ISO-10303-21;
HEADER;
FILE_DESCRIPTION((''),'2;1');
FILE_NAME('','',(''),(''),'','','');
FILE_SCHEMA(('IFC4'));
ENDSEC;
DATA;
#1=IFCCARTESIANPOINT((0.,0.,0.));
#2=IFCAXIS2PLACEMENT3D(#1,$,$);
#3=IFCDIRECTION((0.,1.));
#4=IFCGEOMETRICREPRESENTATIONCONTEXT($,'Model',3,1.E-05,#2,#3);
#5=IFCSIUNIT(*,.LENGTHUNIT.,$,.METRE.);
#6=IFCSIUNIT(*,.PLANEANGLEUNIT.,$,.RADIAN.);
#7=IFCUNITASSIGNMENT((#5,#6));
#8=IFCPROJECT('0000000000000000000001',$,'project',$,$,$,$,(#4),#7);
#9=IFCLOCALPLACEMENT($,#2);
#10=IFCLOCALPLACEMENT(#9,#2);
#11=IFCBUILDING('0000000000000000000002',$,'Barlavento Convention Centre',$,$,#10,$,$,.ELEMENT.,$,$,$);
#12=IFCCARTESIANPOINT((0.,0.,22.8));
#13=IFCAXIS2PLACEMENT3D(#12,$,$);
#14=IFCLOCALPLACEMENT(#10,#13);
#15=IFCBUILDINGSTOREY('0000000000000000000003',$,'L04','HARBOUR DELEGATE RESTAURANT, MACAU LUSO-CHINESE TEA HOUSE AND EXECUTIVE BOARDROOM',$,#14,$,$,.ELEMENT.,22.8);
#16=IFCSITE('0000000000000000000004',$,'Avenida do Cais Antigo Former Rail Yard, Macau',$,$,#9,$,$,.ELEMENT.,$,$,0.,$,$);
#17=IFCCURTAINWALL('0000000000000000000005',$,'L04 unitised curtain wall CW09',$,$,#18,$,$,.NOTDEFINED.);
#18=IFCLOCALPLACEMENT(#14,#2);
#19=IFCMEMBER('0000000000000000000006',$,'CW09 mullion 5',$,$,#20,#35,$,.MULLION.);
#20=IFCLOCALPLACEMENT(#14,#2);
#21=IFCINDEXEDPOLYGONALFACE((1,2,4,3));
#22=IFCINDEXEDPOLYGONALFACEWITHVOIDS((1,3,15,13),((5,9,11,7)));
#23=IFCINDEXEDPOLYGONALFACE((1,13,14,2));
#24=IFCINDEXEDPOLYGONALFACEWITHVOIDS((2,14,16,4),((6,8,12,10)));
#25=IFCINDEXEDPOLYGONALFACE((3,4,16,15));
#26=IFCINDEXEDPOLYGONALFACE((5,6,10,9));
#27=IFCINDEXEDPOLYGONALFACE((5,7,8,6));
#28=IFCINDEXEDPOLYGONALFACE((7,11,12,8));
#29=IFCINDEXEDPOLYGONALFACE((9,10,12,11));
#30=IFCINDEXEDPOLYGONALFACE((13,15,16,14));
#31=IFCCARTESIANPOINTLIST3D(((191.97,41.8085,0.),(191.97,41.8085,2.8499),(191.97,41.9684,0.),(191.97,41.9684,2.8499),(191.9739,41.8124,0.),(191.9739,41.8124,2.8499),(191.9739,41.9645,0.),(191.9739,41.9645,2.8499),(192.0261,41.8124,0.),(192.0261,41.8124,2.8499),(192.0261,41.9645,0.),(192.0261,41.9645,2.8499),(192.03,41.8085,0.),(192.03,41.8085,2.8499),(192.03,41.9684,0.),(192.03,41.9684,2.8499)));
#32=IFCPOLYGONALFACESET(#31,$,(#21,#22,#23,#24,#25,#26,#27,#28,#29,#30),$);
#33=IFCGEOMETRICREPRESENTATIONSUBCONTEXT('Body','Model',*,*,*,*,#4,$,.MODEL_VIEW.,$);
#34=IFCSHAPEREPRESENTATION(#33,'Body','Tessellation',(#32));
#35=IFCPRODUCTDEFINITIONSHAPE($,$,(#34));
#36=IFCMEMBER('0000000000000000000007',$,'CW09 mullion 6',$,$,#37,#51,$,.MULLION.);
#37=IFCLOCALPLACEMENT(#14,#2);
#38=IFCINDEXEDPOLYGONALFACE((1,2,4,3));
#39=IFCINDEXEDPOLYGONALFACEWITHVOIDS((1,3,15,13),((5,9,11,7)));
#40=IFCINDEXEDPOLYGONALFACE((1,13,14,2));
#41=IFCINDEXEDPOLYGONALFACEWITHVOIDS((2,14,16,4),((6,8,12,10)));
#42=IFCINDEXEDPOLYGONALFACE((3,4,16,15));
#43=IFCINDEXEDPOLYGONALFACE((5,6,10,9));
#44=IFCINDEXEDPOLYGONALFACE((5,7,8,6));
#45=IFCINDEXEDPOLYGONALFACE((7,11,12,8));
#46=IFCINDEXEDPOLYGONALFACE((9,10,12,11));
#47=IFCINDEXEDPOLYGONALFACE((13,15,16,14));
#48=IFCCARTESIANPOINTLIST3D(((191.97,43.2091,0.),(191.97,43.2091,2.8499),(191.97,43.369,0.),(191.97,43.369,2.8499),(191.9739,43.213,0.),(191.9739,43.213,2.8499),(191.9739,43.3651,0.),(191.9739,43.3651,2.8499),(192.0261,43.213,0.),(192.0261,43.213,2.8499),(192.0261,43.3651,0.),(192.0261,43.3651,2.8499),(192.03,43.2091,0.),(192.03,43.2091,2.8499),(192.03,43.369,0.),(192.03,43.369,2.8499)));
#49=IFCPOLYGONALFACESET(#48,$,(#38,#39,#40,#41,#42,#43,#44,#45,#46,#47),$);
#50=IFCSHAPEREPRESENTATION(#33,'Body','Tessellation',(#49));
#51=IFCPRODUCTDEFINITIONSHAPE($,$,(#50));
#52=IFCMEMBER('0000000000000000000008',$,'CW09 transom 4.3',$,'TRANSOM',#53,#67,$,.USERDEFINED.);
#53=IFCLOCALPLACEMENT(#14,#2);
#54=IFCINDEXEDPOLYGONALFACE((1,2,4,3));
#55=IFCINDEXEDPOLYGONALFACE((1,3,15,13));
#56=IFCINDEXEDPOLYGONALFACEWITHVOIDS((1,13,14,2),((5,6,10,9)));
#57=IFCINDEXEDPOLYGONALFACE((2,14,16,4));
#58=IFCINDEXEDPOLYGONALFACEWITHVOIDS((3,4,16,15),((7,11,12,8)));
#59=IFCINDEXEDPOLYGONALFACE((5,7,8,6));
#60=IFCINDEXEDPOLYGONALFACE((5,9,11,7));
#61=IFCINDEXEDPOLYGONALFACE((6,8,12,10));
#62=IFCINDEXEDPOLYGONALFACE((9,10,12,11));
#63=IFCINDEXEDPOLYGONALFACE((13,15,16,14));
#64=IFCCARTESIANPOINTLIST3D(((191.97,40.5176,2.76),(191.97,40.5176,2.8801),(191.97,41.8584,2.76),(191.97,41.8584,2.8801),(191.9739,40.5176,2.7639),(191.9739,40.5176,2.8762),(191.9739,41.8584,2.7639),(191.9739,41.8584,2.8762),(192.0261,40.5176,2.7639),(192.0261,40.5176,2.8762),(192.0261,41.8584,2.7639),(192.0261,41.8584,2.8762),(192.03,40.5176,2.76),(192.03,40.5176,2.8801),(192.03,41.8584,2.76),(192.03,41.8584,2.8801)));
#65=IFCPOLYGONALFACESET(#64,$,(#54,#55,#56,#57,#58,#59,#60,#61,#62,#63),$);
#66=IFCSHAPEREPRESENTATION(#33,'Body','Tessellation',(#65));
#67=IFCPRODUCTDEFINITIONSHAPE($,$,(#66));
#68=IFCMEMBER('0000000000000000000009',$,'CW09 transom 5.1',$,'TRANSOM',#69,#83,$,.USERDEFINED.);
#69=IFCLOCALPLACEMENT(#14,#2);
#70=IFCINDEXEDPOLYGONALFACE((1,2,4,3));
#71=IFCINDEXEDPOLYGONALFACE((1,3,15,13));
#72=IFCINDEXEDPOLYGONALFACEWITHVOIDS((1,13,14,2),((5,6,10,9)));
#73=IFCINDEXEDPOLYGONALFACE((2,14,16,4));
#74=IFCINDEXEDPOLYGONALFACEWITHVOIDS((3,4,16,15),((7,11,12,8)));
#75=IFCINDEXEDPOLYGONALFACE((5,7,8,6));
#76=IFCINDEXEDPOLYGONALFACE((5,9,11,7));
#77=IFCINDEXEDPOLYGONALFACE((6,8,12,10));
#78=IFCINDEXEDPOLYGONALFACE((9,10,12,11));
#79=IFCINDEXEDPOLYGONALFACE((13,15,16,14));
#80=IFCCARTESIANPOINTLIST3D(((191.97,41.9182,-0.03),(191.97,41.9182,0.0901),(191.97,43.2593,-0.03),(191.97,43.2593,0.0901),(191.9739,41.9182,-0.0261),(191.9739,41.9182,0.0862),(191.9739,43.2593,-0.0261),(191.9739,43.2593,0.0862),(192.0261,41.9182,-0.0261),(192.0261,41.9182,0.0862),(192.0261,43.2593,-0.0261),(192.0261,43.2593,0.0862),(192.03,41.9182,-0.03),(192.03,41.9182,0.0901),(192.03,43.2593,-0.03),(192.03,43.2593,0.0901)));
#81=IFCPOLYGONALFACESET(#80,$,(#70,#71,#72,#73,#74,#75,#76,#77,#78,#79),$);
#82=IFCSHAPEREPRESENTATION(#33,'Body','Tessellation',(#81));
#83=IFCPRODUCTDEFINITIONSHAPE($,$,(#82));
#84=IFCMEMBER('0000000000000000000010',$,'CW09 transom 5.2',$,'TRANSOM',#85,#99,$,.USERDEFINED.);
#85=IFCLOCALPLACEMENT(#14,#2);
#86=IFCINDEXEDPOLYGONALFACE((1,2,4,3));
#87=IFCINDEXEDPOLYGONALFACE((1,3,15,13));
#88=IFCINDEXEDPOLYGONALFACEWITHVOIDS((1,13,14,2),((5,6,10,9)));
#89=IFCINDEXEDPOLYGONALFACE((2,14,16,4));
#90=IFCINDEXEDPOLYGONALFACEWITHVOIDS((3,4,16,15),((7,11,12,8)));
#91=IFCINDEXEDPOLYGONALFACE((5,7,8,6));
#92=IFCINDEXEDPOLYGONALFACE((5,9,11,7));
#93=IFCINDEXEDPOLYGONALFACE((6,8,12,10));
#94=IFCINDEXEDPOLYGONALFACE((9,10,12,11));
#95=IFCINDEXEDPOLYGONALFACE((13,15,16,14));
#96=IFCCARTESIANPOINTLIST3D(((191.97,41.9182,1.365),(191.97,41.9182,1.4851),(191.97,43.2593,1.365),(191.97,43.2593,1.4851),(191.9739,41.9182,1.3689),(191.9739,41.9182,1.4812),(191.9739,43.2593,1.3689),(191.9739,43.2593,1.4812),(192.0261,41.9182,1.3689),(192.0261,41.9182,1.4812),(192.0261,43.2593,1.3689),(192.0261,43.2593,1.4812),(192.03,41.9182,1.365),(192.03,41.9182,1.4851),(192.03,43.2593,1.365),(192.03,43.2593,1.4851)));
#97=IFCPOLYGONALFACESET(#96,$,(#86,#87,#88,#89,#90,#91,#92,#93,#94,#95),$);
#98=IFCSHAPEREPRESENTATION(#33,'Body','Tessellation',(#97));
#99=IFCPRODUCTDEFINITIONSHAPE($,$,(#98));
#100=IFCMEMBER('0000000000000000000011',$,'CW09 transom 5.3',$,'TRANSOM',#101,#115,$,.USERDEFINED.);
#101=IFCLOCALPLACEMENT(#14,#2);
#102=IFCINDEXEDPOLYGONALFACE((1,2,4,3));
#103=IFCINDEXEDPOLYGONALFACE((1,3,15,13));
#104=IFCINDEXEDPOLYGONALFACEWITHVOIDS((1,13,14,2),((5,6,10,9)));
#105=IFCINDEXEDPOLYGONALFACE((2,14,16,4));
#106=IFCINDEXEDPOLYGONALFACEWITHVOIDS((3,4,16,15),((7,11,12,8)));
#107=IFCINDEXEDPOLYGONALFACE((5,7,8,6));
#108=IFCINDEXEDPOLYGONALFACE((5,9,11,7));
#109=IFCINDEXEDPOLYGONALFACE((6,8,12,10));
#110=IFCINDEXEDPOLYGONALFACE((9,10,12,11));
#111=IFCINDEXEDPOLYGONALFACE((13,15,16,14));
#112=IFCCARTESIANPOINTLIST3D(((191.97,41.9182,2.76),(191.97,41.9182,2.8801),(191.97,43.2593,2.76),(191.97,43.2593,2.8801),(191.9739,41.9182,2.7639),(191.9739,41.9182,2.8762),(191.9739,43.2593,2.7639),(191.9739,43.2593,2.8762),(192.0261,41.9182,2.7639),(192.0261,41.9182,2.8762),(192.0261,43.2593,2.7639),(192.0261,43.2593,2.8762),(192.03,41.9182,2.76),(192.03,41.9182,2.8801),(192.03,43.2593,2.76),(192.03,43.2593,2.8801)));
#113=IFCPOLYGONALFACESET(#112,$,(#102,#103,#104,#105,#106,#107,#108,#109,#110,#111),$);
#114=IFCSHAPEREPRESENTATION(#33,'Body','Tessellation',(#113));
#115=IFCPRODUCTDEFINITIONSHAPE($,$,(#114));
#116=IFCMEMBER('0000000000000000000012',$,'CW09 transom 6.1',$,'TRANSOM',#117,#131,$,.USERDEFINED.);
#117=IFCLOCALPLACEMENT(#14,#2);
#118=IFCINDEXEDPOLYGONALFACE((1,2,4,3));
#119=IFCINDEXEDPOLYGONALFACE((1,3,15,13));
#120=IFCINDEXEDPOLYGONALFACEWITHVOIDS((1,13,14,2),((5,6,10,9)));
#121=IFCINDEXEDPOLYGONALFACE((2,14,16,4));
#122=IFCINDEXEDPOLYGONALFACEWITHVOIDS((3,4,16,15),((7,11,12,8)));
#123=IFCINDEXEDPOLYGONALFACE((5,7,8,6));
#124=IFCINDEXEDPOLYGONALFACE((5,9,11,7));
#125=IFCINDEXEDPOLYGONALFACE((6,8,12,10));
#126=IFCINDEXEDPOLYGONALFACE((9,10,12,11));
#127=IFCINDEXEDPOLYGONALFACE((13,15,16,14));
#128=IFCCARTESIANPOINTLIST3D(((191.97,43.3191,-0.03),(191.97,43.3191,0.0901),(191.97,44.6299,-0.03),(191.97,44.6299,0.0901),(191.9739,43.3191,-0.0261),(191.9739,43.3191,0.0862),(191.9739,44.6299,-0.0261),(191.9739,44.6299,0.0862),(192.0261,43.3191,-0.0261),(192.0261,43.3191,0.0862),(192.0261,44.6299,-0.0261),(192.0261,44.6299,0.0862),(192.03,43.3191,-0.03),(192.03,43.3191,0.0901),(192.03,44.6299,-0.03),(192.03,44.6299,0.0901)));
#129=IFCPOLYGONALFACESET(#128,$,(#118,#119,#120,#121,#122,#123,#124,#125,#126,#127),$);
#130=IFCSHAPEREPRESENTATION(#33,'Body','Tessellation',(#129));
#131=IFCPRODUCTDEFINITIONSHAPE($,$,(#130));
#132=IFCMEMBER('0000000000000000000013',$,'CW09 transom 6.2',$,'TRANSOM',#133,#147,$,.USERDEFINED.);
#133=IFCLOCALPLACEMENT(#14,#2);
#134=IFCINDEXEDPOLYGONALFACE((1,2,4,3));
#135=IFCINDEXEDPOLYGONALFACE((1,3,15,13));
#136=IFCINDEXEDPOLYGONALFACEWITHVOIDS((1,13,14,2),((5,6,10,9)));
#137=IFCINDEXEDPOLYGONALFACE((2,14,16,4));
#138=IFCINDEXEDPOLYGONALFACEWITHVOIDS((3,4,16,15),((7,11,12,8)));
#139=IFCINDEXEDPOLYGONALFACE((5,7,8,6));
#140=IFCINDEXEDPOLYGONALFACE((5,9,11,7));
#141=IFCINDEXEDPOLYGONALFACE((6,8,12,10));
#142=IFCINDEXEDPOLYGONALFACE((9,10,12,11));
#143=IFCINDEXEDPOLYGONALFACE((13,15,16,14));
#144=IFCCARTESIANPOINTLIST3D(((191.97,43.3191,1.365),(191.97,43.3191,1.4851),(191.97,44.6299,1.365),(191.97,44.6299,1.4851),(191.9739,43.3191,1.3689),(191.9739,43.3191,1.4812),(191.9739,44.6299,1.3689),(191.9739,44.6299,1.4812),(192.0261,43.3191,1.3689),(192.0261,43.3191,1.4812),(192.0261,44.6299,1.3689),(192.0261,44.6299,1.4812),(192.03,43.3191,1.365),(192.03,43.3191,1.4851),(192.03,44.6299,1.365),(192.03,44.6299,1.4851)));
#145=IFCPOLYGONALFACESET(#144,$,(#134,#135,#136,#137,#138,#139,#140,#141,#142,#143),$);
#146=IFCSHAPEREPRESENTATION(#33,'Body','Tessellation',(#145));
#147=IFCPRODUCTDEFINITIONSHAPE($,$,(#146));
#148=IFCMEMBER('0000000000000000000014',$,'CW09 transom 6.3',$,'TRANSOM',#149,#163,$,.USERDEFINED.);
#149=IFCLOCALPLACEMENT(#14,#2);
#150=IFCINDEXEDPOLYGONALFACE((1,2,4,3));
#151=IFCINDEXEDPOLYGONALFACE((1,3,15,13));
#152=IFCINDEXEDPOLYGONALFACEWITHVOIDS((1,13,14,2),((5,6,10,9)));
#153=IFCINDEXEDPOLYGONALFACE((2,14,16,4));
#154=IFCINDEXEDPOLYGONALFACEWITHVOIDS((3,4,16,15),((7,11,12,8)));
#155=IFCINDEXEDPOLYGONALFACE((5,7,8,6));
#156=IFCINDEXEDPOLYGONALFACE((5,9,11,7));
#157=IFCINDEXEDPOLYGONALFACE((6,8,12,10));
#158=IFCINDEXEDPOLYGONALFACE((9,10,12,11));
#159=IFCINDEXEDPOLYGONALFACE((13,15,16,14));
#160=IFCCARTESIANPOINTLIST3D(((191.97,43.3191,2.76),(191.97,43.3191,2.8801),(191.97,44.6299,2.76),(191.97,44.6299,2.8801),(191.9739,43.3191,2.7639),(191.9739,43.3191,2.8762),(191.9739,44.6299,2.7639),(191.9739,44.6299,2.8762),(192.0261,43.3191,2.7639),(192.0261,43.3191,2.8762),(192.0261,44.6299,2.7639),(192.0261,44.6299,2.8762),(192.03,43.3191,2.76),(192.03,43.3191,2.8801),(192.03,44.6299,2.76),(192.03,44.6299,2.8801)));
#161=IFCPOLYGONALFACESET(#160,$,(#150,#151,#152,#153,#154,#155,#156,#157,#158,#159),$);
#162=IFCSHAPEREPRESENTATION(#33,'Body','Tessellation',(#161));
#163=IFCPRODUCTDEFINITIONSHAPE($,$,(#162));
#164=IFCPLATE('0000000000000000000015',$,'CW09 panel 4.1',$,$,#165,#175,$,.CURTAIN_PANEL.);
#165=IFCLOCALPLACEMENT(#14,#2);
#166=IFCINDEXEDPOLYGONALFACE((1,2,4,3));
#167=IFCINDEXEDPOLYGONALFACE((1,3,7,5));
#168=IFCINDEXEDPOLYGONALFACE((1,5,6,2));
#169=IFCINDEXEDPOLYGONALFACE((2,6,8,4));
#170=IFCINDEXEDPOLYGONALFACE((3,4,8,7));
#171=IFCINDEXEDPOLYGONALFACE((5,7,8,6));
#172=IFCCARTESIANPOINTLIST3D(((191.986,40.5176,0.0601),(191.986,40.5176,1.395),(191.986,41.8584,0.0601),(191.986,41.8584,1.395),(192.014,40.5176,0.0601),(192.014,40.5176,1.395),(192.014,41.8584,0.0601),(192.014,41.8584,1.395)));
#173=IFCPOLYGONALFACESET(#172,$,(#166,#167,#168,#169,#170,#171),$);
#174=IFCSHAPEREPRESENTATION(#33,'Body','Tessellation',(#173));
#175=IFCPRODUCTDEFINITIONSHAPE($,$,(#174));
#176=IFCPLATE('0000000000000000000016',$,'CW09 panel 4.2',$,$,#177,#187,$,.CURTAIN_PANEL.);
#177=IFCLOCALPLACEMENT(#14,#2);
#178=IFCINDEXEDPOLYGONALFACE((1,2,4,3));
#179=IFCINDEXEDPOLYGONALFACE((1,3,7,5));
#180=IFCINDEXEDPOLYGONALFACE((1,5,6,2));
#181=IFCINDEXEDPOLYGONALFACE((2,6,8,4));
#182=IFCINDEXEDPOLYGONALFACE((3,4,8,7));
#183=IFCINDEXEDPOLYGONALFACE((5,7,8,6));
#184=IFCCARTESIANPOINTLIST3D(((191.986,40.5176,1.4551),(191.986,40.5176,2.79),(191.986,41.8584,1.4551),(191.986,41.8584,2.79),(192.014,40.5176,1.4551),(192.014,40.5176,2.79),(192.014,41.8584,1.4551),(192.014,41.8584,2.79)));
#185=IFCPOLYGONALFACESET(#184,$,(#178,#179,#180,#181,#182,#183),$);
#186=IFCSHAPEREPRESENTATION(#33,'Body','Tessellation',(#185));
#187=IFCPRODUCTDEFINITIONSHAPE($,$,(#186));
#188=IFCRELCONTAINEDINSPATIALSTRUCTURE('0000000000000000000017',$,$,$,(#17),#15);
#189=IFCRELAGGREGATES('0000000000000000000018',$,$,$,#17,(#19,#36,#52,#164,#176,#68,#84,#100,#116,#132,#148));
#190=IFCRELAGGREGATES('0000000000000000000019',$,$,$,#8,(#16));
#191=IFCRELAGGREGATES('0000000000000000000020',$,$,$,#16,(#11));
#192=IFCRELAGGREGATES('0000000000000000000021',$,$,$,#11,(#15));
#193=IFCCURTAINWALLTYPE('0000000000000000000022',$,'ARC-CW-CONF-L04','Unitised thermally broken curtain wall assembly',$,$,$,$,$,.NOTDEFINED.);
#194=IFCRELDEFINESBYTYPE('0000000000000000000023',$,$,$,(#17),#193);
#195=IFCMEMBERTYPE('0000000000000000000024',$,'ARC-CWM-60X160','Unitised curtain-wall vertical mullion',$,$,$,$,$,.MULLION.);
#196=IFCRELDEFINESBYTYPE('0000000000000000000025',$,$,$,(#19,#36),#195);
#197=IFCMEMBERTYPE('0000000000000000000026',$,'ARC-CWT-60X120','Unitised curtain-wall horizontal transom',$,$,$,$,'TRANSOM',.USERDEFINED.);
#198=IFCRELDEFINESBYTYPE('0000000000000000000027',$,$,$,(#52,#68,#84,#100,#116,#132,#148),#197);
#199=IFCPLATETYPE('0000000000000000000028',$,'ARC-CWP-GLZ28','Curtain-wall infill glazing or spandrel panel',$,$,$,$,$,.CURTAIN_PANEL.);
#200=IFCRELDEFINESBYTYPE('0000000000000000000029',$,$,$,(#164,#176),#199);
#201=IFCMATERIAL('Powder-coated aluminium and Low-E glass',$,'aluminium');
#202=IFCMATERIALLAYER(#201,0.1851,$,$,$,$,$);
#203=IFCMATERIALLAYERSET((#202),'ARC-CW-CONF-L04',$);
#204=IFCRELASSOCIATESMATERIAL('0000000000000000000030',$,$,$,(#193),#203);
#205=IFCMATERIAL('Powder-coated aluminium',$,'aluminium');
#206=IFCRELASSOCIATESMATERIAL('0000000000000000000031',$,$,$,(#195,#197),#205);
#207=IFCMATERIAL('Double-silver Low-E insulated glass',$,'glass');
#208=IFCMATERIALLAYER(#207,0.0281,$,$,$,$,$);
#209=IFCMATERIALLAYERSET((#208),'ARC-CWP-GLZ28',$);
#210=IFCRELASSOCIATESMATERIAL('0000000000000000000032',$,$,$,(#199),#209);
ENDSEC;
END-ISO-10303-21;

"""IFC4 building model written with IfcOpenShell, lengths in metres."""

from ifc_helpers import new_model, si_unit, direction, frame, origin, origin_2d, place, context, subcontext, project, spatial, rectangle, hollow_rectangle, extrude, material, layer, layer_set, material_profile, profile_set, type_object, element, aggregate, save


model = new_model("IFC4")

# Units and contexts
model_context = context("Model", 3, precision=1e-05, world=origin(), true_north=direction((0.0, 1.0)))
body_context = subcontext(model_context, "Body", "Model", "MODEL_VIEW")
ifc_project = project(units=[si_unit("LENGTHUNIT", "METRE"), si_unit("PLANEANGLEUNIT", "RADIAN")], contexts=[model_context])

# Site, building, storey
site_placement = place(None, origin())
site = spatial("IfcSite", under=ifc_project, at=site_placement, Name="Avenida do Cais Antigo Former Rail Yard, Macau", CompositionType="ELEMENT", RefElevation=0.0)
building_placement = place(site_placement, origin())
building = spatial("IfcBuilding", under=site, at=building_placement, Name="Barlavento Convention Centre", CompositionType="ELEMENT")
storey_placement = place(building_placement, frame((0.0, 0.0, 22.8)))
storey = spatial("IfcBuildingStorey", under=building, at=storey_placement, Name="L04", Description="HARBOUR DELEGATE RESTAURANT, MACAU LUSO-CHINESE TEA HOUSE AND EXECUTIVE BOARDROOM", CompositionType="ELEMENT", Elevation=22.8)

# Curtain wall, members, plates
ifc_material_1 = material(Name="Powder-coated aluminium and Low-E glass", Category="aluminium")
ifc_layer_1 = layer(ifc_material_1, 0.1851)
ifc_layer_set_1 = layer_set([ifc_layer_1], Name="ARC-CW-CONF-L04")
curtain_wall_type = type_object("IfcCurtainWallType", Name="ARC-CW-CONF-L04", Description="Unitised thermally broken curtain wall assembly", PredefinedType="NOTDEFINED", material=ifc_layer_set_1)
curtain_wall_placement = place(storey_placement, origin())
curtain_wall = element("IfcCurtainWall", 1, at=curtain_wall_placement, inside=storey, type_object=curtain_wall_type, Name="L04 unitised curtain wall CW09", PredefinedType="NOTDEFINED")
ifc_material_2 = material(Name="Powder-coated aluminium", Category="aluminium")
ifc_material_profile_1 = material_profile(ifc_material_2, hollow_rectangle(XDim=0.0601, YDim=0.1599, WallThickness=0.0039, at=origin_2d()), Name="AL-MULL 60x160x4")
ifc_profile_set_1 = profile_set([ifc_material_profile_1], Name="Powder-coated aluminium")
member_type_1 = type_object("IfcMemberType", Name="ARC-CWM-60X160", Description="Unitised curtain-wall vertical mullion", PredefinedType="MULLION", material=ifc_profile_set_1)
member_1_placement = place(storey_placement, frame((192.0, 41.8884, 0.0), z_axis=(0.0, 0.0, 1.0), x_axis=(-1.0, 0.0, 0.0)))
member_1 = element("IfcMember", 2, at=member_1_placement, type_object=member_type_1, Name="CW09 mullion 5", PredefinedType="MULLION", context=body_context, shape_type="SweptSolid", body=[
    extrude(hollow_rectangle(XDim=0.0601, YDim=0.1599, WallThickness=0.0039, at=origin_2d()), origin(), (0.0, 0.0, 1.0), 2.8499),
])
member_2_placement = place(storey_placement, frame((192.0, 43.2891, 0.0), z_axis=(0.0, 0.0, 1.0), x_axis=(-1.0, 0.0, 0.0)))
member_2 = element("IfcMember", 3, at=member_2_placement, type_object=member_type_1, Name="CW09 mullion 6", PredefinedType="MULLION", context=body_context, shape_type="SweptSolid", body=[
    extrude(hollow_rectangle(XDim=0.0601, YDim=0.1599, WallThickness=0.0039, at=origin_2d()), origin(), (0.0, 0.0, 1.0), 2.8499),
])
ifc_material_profile_2 = material_profile(ifc_material_2, hollow_rectangle(XDim=0.0601, YDim=0.1201, WallThickness=0.0039, at=origin_2d()), Name="AL-TRAN 60x120x4")
ifc_profile_set_2 = profile_set([ifc_material_profile_2], Name="Powder-coated aluminium")
member_type_2 = type_object("IfcMemberType", Name="ARC-CWT-60X120", Description="Unitised curtain-wall horizontal transom", ElementType="TRANSOM", PredefinedType="USERDEFINED", material=ifc_profile_set_2)
member_3_placement = place(storey_placement, frame((192.0, 40.5176, 2.8201), z_axis=(0.0, 1.0, 0.0), x_axis=(-1.0, 0.0, 0.0)))
member_3 = element("IfcMember", 4, at=member_3_placement, type_object=member_type_2, Name="CW09 transom 4.3", ObjectType="TRANSOM", PredefinedType="USERDEFINED", context=body_context, shape_type="SweptSolid", body=[
    extrude(hollow_rectangle(XDim=0.0601, YDim=0.1201, WallThickness=0.0039, at=origin_2d()), origin(), (0.0, 0.0, 1.0), 1.3408),
])
member_4_placement = place(storey_placement, frame((192.0, 41.9182, 0.03), z_axis=(0.0, 1.0, 0.0), x_axis=(-1.0, 0.0, 0.0)))
member_4 = element("IfcMember", 5, at=member_4_placement, type_object=member_type_2, Name="CW09 transom 5.1", ObjectType="TRANSOM", PredefinedType="USERDEFINED", context=body_context, shape_type="SweptSolid", body=[
    extrude(hollow_rectangle(XDim=0.0601, YDim=0.1201, WallThickness=0.0039, at=origin_2d()), origin(), (0.0, 0.0, 1.0), 1.3411),
])
member_5_placement = place(storey_placement, frame((192.0, 41.9182, 1.425), z_axis=(0.0, 1.0, 0.0), x_axis=(-1.0, 0.0, 0.0)))
member_5 = element("IfcMember", 6, at=member_5_placement, type_object=member_type_2, Name="CW09 transom 5.2", ObjectType="TRANSOM", PredefinedType="USERDEFINED", context=body_context, shape_type="SweptSolid", body=[
    extrude(hollow_rectangle(XDim=0.0601, YDim=0.1201, WallThickness=0.0039, at=origin_2d()), origin(), (0.0, 0.0, 1.0), 1.3411),
])
member_6_placement = place(storey_placement, frame((192.0, 41.9182, 2.8201), z_axis=(0.0, 1.0, 0.0), x_axis=(-1.0, 0.0, 0.0)))
member_6 = element("IfcMember", 7, at=member_6_placement, type_object=member_type_2, Name="CW09 transom 5.3", ObjectType="TRANSOM", PredefinedType="USERDEFINED", context=body_context, shape_type="SweptSolid", body=[
    extrude(hollow_rectangle(XDim=0.0601, YDim=0.1201, WallThickness=0.0039, at=origin_2d()), origin(), (0.0, 0.0, 1.0), 1.3411),
])
member_7_placement = place(storey_placement, frame((192.0, 43.3191, 0.03), z_axis=(0.0, 1.0, 0.0), x_axis=(-1.0, 0.0, 0.0)))
member_7 = element("IfcMember", 8, at=member_7_placement, type_object=member_type_2, Name="CW09 transom 6.1", ObjectType="TRANSOM", PredefinedType="USERDEFINED", context=body_context, shape_type="SweptSolid", body=[
    extrude(hollow_rectangle(XDim=0.0601, YDim=0.1201, WallThickness=0.0039, at=origin_2d()), origin(), (0.0, 0.0, 1.0), 1.3108),
])
member_8_placement = place(storey_placement, frame((192.0, 43.3191, 1.425), z_axis=(0.0, 1.0, 0.0), x_axis=(-1.0, 0.0, 0.0)))
member_8 = element("IfcMember", 9, at=member_8_placement, type_object=member_type_2, Name="CW09 transom 6.2", ObjectType="TRANSOM", PredefinedType="USERDEFINED", context=body_context, shape_type="SweptSolid", body=[
    extrude(hollow_rectangle(XDim=0.0601, YDim=0.1201, WallThickness=0.0039, at=origin_2d()), origin(), (0.0, 0.0, 1.0), 1.3108),
])
member_9_placement = place(storey_placement, frame((192.0, 43.3191, 2.8201), z_axis=(0.0, 1.0, 0.0), x_axis=(-1.0, 0.0, 0.0)))
member_9 = element("IfcMember", 10, at=member_9_placement, type_object=member_type_2, Name="CW09 transom 6.3", ObjectType="TRANSOM", PredefinedType="USERDEFINED", context=body_context, shape_type="SweptSolid", body=[
    extrude(hollow_rectangle(XDim=0.0601, YDim=0.1201, WallThickness=0.0039, at=origin_2d()), origin(), (0.0, 0.0, 1.0), 1.3108),
])
ifc_material_3 = material(Name="Double-silver Low-E insulated glass", Category="glass")
ifc_layer_2 = layer(ifc_material_3, 0.0281)
ifc_layer_set_2 = layer_set([ifc_layer_2], Name="ARC-CWP-GLZ28")
plate_type = type_object("IfcPlateType", Name="ARC-CWP-GLZ28", Description="Curtain-wall infill glazing or spandrel panel", PredefinedType="CURTAIN_PANEL", material=ifc_layer_set_2)
plate_1_placement = place(storey_placement, frame((192.0, 41.188, 0.0601), z_axis=(0.0, 0.0, 1.0), x_axis=(0.0, 1.0, 0.0)))
plate_1 = element("IfcPlate", 11, at=plate_1_placement, type_object=plate_type, Name="CW09 panel 4.1", PredefinedType="CURTAIN_PANEL", context=body_context, shape_type="SweptSolid", body=[
    extrude(rectangle(XDim=1.3408, YDim=0.0281, at=origin_2d()), origin(), (0.0, 0.0, 1.0), 1.335),
])
plate_2_placement = place(storey_placement, frame((192.0, 41.188, 1.4551), z_axis=(0.0, 0.0, 1.0), x_axis=(0.0, 1.0, 0.0)))
plate_2 = element("IfcPlate", 12, at=plate_2_placement, type_object=plate_type, Name="CW09 panel 4.2", PredefinedType="CURTAIN_PANEL", context=body_context, shape_type="SweptSolid", body=[
    extrude(rectangle(XDim=1.3408, YDim=0.0281, at=origin_2d()), origin(), (0.0, 0.0, 1.0), 1.335),
])
aggregate(curtain_wall, [member_1, member_2, member_3, plate_1, plate_2, member_4, member_5, member_6, member_7, member_8, member_9])

save(model, "model.ifc")
